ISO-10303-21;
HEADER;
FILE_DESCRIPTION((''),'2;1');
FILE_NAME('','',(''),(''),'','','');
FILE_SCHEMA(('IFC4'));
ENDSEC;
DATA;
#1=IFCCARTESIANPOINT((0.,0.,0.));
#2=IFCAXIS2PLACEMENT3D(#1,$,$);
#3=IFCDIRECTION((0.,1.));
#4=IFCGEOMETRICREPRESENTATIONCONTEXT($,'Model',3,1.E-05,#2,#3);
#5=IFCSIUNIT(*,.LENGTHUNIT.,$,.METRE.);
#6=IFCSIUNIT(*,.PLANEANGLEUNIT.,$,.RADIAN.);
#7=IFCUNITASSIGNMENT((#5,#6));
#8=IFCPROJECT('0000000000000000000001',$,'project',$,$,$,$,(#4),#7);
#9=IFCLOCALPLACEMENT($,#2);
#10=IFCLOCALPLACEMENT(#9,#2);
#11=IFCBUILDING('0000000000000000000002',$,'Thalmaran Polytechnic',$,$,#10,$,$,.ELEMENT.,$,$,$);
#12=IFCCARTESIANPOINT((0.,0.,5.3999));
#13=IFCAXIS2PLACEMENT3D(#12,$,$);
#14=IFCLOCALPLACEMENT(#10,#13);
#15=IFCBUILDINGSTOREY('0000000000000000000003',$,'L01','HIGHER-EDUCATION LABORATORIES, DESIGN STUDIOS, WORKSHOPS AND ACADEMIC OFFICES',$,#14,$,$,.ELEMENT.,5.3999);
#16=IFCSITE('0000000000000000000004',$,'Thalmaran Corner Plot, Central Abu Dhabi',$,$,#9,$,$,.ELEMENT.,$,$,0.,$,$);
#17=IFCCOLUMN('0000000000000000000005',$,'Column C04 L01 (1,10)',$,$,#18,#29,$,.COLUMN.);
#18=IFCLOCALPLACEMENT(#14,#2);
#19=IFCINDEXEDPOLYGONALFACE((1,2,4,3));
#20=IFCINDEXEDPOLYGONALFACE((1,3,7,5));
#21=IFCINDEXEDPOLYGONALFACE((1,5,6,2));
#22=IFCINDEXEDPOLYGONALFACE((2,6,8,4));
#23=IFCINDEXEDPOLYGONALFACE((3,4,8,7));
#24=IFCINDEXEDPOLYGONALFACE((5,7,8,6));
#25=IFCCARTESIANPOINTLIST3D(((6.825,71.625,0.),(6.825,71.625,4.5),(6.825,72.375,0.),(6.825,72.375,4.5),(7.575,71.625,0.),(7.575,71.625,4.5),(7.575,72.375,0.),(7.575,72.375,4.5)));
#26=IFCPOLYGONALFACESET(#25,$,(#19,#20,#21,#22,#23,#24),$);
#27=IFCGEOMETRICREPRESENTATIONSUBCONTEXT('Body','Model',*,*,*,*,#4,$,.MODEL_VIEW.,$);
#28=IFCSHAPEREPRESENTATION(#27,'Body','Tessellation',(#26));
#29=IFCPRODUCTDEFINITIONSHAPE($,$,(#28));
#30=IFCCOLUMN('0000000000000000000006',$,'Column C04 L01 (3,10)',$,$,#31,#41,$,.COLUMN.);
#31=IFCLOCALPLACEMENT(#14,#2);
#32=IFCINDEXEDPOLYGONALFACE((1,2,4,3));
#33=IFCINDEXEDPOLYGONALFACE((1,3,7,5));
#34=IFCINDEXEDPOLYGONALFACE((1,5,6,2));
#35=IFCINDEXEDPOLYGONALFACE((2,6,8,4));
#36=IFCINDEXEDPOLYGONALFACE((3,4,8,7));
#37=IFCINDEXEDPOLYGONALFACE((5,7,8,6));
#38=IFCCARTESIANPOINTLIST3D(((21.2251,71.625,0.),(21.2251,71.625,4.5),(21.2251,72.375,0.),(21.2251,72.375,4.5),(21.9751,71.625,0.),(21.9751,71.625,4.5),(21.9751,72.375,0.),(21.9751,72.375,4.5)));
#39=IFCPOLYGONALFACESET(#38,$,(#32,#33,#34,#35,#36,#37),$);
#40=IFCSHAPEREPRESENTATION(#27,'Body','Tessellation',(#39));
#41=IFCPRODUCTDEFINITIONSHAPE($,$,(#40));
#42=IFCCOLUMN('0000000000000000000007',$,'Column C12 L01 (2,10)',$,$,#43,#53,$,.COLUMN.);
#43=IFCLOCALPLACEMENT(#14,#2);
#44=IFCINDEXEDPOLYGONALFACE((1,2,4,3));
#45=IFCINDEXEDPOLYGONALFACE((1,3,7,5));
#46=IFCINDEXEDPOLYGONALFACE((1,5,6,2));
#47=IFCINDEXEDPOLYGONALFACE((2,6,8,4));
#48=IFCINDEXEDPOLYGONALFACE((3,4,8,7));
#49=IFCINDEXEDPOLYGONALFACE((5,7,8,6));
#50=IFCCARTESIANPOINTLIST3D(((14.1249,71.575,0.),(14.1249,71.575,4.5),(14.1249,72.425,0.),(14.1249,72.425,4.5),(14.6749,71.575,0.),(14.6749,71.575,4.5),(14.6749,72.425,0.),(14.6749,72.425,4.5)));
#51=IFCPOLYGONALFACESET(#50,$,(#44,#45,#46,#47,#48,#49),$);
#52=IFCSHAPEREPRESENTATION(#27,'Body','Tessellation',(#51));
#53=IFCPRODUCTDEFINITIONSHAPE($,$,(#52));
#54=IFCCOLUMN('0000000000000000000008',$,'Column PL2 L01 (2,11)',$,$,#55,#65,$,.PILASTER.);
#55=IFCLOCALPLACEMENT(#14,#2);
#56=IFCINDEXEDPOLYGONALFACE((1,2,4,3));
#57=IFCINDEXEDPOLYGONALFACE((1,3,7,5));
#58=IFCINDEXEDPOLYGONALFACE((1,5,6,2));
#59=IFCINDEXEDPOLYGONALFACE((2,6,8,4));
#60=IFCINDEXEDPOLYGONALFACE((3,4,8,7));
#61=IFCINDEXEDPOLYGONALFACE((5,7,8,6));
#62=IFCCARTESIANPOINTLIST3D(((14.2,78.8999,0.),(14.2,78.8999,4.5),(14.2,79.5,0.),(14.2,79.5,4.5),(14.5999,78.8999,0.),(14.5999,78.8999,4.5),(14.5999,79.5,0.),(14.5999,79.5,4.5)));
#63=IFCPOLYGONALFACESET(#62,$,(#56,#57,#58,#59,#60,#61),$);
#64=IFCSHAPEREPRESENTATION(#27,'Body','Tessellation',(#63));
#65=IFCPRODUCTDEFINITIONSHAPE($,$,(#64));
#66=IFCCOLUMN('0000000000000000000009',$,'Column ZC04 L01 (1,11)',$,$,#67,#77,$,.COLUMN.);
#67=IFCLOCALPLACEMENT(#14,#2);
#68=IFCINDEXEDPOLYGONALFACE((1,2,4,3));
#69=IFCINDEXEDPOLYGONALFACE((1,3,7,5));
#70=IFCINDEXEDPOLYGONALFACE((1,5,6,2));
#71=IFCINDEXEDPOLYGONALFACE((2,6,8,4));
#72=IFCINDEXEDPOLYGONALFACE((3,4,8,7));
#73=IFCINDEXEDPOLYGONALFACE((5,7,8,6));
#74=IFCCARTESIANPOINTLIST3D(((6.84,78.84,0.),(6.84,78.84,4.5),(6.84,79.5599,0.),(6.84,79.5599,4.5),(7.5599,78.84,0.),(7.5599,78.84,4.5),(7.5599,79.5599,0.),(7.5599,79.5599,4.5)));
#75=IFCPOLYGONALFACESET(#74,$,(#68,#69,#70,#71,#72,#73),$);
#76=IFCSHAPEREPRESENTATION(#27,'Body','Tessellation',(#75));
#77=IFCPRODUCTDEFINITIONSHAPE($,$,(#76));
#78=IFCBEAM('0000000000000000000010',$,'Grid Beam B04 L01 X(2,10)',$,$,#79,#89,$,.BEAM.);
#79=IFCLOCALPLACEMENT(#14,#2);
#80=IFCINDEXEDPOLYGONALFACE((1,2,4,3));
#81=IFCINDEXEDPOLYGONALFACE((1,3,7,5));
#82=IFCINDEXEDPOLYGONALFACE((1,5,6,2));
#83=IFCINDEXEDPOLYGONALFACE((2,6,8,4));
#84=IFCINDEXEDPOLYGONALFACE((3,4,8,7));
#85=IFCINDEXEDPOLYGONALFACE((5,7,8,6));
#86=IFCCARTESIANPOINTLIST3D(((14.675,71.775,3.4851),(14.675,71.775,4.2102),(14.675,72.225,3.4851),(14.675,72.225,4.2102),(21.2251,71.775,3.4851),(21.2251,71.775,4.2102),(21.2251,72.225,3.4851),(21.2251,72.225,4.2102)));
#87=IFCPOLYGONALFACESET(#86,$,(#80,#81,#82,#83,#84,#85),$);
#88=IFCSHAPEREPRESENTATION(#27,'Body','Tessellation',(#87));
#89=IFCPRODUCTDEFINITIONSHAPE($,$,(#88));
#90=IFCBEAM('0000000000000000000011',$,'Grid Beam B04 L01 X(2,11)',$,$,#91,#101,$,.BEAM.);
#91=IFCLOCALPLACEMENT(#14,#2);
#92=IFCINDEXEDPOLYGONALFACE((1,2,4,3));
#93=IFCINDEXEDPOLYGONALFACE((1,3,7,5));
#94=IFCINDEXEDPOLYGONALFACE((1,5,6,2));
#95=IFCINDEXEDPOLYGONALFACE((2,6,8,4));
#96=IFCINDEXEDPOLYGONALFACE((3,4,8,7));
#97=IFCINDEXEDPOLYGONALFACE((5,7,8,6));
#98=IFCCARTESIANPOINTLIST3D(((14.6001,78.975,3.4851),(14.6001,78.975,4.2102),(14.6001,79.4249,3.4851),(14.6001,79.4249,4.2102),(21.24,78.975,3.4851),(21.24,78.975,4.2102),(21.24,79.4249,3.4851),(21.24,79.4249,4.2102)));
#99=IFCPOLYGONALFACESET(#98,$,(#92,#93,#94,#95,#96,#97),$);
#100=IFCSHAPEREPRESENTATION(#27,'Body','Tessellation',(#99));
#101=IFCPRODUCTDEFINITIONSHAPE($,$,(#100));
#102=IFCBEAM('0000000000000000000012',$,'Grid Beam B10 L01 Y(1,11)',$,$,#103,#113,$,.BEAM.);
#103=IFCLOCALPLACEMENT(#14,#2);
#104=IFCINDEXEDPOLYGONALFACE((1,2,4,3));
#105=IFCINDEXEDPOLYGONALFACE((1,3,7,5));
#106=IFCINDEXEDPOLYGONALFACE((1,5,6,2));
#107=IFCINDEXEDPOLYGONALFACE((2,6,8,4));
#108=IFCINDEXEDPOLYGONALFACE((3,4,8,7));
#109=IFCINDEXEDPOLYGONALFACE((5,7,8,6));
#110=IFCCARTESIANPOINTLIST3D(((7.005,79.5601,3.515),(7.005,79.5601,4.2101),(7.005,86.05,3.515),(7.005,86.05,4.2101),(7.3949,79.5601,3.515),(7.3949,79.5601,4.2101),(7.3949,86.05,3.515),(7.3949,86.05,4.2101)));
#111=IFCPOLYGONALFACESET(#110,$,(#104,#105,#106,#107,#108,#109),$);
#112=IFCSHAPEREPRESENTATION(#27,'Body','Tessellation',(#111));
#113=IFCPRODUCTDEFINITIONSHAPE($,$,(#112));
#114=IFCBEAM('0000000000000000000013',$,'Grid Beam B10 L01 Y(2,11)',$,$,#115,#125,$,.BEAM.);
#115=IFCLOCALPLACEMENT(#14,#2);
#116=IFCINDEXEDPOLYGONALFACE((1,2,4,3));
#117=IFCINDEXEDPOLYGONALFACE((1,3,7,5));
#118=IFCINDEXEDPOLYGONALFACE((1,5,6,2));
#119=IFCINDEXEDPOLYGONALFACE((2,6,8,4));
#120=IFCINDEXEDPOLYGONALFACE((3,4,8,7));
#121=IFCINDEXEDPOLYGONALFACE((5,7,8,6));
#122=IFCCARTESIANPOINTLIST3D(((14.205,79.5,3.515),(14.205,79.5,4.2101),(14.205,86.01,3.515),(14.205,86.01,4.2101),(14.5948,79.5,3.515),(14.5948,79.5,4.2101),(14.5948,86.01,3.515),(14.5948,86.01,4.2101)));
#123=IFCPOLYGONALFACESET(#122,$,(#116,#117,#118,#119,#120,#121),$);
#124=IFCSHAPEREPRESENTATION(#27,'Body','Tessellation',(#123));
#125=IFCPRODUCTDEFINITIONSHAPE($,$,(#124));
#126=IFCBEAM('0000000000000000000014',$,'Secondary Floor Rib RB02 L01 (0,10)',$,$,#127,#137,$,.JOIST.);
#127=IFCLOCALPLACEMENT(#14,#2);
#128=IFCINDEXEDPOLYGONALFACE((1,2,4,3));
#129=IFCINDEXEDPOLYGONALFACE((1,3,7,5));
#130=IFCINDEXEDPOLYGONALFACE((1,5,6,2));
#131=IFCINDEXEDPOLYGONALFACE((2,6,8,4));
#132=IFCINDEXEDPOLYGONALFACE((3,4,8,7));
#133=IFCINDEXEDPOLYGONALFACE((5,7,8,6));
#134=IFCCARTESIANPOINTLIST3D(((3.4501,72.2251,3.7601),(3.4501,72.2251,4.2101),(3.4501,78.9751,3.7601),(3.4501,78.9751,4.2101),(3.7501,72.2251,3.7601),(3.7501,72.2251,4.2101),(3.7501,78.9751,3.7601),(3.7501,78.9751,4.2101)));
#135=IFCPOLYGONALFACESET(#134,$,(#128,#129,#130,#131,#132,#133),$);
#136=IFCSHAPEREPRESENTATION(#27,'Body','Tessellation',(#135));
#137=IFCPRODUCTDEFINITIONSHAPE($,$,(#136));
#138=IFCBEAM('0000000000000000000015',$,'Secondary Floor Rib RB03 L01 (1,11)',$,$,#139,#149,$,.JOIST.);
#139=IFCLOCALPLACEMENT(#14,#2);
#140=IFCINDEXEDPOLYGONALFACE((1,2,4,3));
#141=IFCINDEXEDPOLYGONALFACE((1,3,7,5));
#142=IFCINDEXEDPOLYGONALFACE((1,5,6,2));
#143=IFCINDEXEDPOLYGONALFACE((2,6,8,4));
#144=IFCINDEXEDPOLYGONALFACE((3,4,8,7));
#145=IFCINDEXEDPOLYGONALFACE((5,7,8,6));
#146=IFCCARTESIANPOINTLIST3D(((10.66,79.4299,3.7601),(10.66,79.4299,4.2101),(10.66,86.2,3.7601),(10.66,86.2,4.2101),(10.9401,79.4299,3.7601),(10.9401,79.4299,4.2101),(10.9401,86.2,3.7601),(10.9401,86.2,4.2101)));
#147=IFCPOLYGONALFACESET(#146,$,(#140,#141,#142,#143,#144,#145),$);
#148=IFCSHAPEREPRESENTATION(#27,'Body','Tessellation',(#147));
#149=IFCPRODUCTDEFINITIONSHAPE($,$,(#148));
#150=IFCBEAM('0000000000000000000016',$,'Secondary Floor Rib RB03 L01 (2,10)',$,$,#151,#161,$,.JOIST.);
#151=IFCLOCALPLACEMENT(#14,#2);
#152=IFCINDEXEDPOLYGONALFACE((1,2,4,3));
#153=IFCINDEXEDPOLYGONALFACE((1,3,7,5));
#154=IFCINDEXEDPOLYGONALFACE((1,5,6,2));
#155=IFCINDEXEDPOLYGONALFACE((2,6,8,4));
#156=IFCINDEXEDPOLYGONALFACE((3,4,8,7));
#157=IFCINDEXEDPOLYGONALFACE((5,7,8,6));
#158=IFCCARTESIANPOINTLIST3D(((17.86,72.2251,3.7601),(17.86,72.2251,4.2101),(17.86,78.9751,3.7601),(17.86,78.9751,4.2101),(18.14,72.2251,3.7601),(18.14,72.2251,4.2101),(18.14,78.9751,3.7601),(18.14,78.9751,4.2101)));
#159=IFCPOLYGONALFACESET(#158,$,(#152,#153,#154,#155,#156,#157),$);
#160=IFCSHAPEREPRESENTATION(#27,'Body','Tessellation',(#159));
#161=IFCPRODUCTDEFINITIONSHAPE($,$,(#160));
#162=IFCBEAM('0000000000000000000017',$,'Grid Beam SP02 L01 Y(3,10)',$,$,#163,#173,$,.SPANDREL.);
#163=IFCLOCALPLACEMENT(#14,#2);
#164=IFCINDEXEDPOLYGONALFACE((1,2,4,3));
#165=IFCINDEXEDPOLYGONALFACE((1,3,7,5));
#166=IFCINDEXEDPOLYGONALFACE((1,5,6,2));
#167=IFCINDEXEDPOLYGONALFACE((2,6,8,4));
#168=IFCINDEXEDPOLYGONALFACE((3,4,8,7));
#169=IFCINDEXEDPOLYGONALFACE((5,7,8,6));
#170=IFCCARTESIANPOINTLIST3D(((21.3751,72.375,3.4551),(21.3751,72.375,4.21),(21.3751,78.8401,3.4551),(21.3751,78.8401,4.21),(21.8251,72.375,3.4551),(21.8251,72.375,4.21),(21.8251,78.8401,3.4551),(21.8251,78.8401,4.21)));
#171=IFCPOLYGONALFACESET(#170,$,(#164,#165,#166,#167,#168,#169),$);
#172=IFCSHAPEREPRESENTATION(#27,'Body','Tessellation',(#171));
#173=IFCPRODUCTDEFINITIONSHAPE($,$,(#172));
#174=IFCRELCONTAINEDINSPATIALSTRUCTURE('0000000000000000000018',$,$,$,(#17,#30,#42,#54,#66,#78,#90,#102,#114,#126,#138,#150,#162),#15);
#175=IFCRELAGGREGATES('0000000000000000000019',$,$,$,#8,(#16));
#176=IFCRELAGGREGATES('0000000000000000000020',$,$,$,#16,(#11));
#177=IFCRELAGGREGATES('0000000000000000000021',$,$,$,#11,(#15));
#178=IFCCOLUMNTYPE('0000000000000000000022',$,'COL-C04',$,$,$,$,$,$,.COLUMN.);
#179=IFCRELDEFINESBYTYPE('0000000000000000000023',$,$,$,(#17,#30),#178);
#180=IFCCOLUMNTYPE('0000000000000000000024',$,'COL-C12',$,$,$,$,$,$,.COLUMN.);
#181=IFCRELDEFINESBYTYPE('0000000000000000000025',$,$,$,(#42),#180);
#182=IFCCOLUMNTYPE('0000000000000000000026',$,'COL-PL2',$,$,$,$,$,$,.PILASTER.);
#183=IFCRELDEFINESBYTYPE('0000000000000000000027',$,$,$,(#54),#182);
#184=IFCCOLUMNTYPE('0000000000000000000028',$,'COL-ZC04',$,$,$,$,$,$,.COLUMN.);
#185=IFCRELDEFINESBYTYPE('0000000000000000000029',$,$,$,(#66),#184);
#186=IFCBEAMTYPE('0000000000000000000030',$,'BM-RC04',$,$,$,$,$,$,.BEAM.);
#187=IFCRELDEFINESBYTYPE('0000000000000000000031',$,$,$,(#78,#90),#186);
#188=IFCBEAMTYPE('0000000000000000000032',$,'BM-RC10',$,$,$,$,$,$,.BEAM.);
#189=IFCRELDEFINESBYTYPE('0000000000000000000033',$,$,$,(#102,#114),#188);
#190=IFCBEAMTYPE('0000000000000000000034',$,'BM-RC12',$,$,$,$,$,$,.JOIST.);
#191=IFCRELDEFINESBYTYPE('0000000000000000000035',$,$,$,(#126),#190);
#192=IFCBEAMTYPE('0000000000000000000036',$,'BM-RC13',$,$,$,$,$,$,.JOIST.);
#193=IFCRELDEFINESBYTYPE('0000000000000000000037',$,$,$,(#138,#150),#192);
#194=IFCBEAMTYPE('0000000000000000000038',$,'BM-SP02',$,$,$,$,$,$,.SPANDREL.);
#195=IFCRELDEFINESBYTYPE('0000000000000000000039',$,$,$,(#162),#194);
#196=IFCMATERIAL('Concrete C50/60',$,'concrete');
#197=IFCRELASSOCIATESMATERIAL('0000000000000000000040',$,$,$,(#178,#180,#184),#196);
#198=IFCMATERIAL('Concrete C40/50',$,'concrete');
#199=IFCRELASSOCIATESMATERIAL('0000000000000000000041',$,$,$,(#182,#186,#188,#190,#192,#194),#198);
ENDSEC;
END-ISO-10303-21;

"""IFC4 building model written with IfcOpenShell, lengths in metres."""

from ifc_helpers import new_model, si_unit, direction, frame, origin, origin_2d, place, context, subcontext, project, spatial, rectangle, extrude, material, material_profile, profile_set, type_object, element, save


model = new_model("IFC4")

# Units and contexts
model_context = context("Model", 3, precision=1e-05, world=origin(), true_north=direction((0.0, 1.0)))
body_context = subcontext(model_context, "Body", "Model", "MODEL_VIEW")
ifc_project = project(units=[si_unit("LENGTHUNIT", "METRE"), si_unit("PLANEANGLEUNIT", "RADIAN")], contexts=[model_context])

# Site, building, storey
site_placement = place(None, origin())
site = spatial("IfcSite", under=ifc_project, at=site_placement, Name="Thalmaran Corner Plot, Central Abu Dhabi", CompositionType="ELEMENT", RefElevation=0.0)
building_placement = place(site_placement, origin())
building = spatial("IfcBuilding", under=site, at=building_placement, Name="Thalmaran Polytechnic", CompositionType="ELEMENT")
storey_placement = place(building_placement, frame((0.0, 0.0, 5.3999)))
storey = spatial("IfcBuildingStorey", under=building, at=storey_placement, Name="L01", Description="HIGHER-EDUCATION LABORATORIES, DESIGN STUDIOS, WORKSHOPS AND ACADEMIC OFFICES", CompositionType="ELEMENT", Elevation=5.3999)

# Columns
ifc_material_1 = material(Name="Concrete C50/60", Category="concrete")
ifc_material_profile_1 = material_profile(ifc_material_1, rectangle(XDim=0.75, YDim=0.75, at=origin_2d()), Name="RC 750x750")
ifc_profile_set_1 = profile_set([ifc_material_profile_1], Name="Concrete C50/60")
column_type_1 = type_object("IfcColumnType", Name="COL-C04", PredefinedType="COLUMN", material=ifc_profile_set_1)
for number, where, z_axis, x_axis, name in (
    (1, (7.2, 72.0, 0.0), (0.0, 0.0, 1.0), (1.0, 0.0, 0.0), "Column C04 L01 (1,10)"),
    (2, (21.6001, 72.0, 0.0), (0.0, 0.0, 1.0), (1.0, 0.0, 0.0), "Column C04 L01 (3,10)"),
):
    element("IfcColumn", number, at=place(storey_placement, frame(where, z_axis=z_axis, x_axis=x_axis)), inside=storey, type_object=column_type_1, Name=name, PredefinedType="COLUMN", context=body_context, shape_type="SweptSolid", body=[
        extrude(rectangle(XDim=0.75, YDim=0.75, at=origin_2d()), origin(), (0.0, 0.0, 1.0), 4.5),
    ])
ifc_material_profile_2 = material_profile(ifc_material_1, rectangle(XDim=0.55, YDim=0.8501, at=origin_2d()), Name="RC 550x850")
ifc_profile_set_2 = profile_set([ifc_material_profile_2], Name="Concrete C50/60")
column_type_2 = type_object("IfcColumnType", Name="COL-C12", PredefinedType="COLUMN", material=ifc_profile_set_2)
column_1_placement = place(storey_placement, frame((14.3999, 72.0, 0.0), z_axis=(0.0, 0.0, 1.0), x_axis=(1.0, 0.0, 0.0)))
element("IfcColumn", 3, at=column_1_placement, inside=storey, type_object=column_type_2, Name="Column C12 L01 (2,10)", PredefinedType="COLUMN", context=body_context, shape_type="SweptSolid", body=[
    extrude(rectangle(XDim=0.55, YDim=0.8501, at=origin_2d()), origin(), (0.0, 0.0, 1.0), 4.5),
])
ifc_material_2 = material(Name="Concrete C40/50", Category="concrete")
ifc_material_profile_3 = material_profile(ifc_material_2, rectangle(XDim=0.3999, YDim=0.6001, at=origin_2d()), Name="RC 400x600")
ifc_profile_set_3 = profile_set([ifc_material_profile_3], Name="Concrete C40/50")
column_type_3 = type_object("IfcColumnType", Name="COL-PL2", PredefinedType="PILASTER", material=ifc_profile_set_3)
column_2_placement = place(storey_placement, frame((14.3999, 79.2, 0.0), z_axis=(0.0, 0.0, 1.0), x_axis=(1.0, 0.0, 0.0)))
element("IfcColumn", 4, at=column_2_placement, inside=storey, type_object=column_type_3, Name="Column PL2 L01 (2,11)", PredefinedType="PILASTER", context=body_context, shape_type="SweptSolid", body=[
    extrude(rectangle(XDim=0.3999, YDim=0.6001, at=origin_2d()), origin(), (0.0, 0.0, 1.0), 4.5),
])
ifc_material_profile_4 = material_profile(ifc_material_1, rectangle(XDim=0.72, YDim=0.72, at=origin_2d()), Name="RC 720x720")
ifc_profile_set_4 = profile_set([ifc_material_profile_4], Name="Concrete C50/60")
column_type_4 = type_object("IfcColumnType", Name="COL-ZC04", PredefinedType="COLUMN", material=ifc_profile_set_4)
column_3_placement = place(storey_placement, frame((7.2, 79.2, 0.0), z_axis=(0.0, 0.0, 1.0), x_axis=(1.0, 0.0, 0.0)))
element("IfcColumn", 5, at=column_3_placement, inside=storey, type_object=column_type_4, Name="Column ZC04 L01 (1,11)", PredefinedType="COLUMN", context=body_context, shape_type="SweptSolid", body=[
    extrude(rectangle(XDim=0.72, YDim=0.72, at=origin_2d()), origin(), (0.0, 0.0, 1.0), 4.5),
])

# Beams
ifc_material_profile_5 = material_profile(ifc_material_2, rectangle(XDim=0.45, YDim=0.7251, at=origin_2d()), Name="RC 450x725")
ifc_profile_set_5 = profile_set([ifc_material_profile_5], Name="Concrete C40/50")
beam_type_1 = type_object("IfcBeamType", Name="BM-RC04", PredefinedType="BEAM", material=ifc_profile_set_5)
beam_1_placement = place(storey_placement, frame((14.675, 72.0, 3.8477), z_axis=(1.0, 0.0, 0.0), x_axis=(0.0, 1.0, 0.0)))
element("IfcBeam", 6, at=beam_1_placement, inside=storey, type_object=beam_type_1, Name="Grid Beam B04 L01 X(2,10)", PredefinedType="BEAM", context=body_context, shape_type="SweptSolid", body=[
    extrude(rectangle(XDim=0.45, YDim=0.7251, at=origin_2d()), origin(), (0.0, 0.0, 1.0), 6.55),
])
beam_2_placement = place(storey_placement, frame((14.6001, 79.2, 3.8477), z_axis=(1.0, 0.0, 0.0), x_axis=(0.0, 1.0, 0.0)))
element("IfcBeam", 7, at=beam_2_placement, inside=storey, type_object=beam_type_1, Name="Grid Beam B04 L01 X(2,11)", PredefinedType="BEAM", context=body_context, shape_type="SweptSolid", body=[
    extrude(rectangle(XDim=0.45, YDim=0.7251, at=origin_2d()), origin(), (0.0, 0.0, 1.0), 6.6399),
])
ifc_material_profile_6 = material_profile(ifc_material_2, rectangle(XDim=0.3899, YDim=0.6951, at=origin_2d()), Name="RC 390x695")
ifc_profile_set_6 = profile_set([ifc_material_profile_6], Name="Concrete C40/50")
beam_type_2 = type_object("IfcBeamType", Name="BM-RC10", PredefinedType="BEAM", material=ifc_profile_set_6)
beam_3_placement = place(storey_placement, frame((7.2, 79.5601, 3.8625), z_axis=(0.0, 1.0, 0.0), x_axis=(-1.0, 0.0, 0.0)))
element("IfcBeam", 8, at=beam_3_placement, inside=storey, type_object=beam_type_2, Name="Grid Beam B10 L01 Y(1,11)", PredefinedType="BEAM", context=body_context, shape_type="SweptSolid", body=[
    extrude(rectangle(XDim=0.3899, YDim=0.6951, at=origin_2d()), origin(), (0.0, 0.0, 1.0), 6.49),
])
beam_4_placement = place(storey_placement, frame((14.3999, 79.5, 3.8625), z_axis=(0.0, 1.0, 0.0), x_axis=(-1.0, 0.0, 0.0)))
element("IfcBeam", 9, at=beam_4_placement, inside=storey, type_object=beam_type_2, Name="Grid Beam B10 L01 Y(2,11)", PredefinedType="BEAM", context=body_context, shape_type="SweptSolid", body=[
    extrude(rectangle(XDim=0.3899, YDim=0.6951, at=origin_2d()), origin(), (0.0, 0.0, 1.0), 6.51),
])
ifc_material_profile_7 = material_profile(ifc_material_2, rectangle(XDim=0.3, YDim=0.45, at=origin_2d()), Name="RC 300x450")
ifc_profile_set_7 = profile_set([ifc_material_profile_7], Name="Concrete C40/50")
beam_type_3 = type_object("IfcBeamType", Name="BM-RC12", PredefinedType="JOIST", material=ifc_profile_set_7)
beam_5_placement = place(storey_placement, frame((3.6001, 72.2251, 3.9851), z_axis=(0.0, 1.0, 0.0), x_axis=(-1.0, 0.0, 0.0)))
element("IfcBeam", 10, at=beam_5_placement, inside=storey, type_object=beam_type_3, Name="Secondary Floor Rib RB02 L01 (0,10)", PredefinedType="JOIST", context=body_context, shape_type="SweptSolid", body=[
    extrude(rectangle(XDim=0.3, YDim=0.45, at=origin_2d()), origin(), (0.0, 0.0, 1.0), 6.75),
])
ifc_material_profile_8 = material_profile(ifc_material_2, rectangle(XDim=0.28, YDim=0.45, at=origin_2d()), Name="RC 280x450")
ifc_profile_set_8 = profile_set([ifc_material_profile_8], Name="Concrete C40/50")
beam_type_4 = type_object("IfcBeamType", Name="BM-RC13", PredefinedType="JOIST", material=ifc_profile_set_8)
beam_6_placement = place(storey_placement, frame((10.8, 79.4299, 3.9851), z_axis=(0.0, 1.0, 0.0), x_axis=(-1.0, 0.0, 0.0)))
element("IfcBeam", 11, at=beam_6_placement, inside=storey, type_object=beam_type_4, Name="Secondary Floor Rib RB03 L01 (1,11)", PredefinedType="JOIST", context=body_context, shape_type="SweptSolid", body=[
    extrude(rectangle(XDim=0.28, YDim=0.45, at=origin_2d()), origin(), (0.0, 0.0, 1.0), 6.77),
])
beam_7_placement = place(storey_placement, frame((18.0, 72.2251, 3.9851), z_axis=(0.0, 1.0, 0.0), x_axis=(-1.0, 0.0, 0.0)))
element("IfcBeam", 12, at=beam_7_placement, inside=storey, type_object=beam_type_4, Name="Secondary Floor Rib RB03 L01 (2,10)", PredefinedType="JOIST", context=body_context, shape_type="SweptSolid", body=[
    extrude(rectangle(XDim=0.28, YDim=0.45, at=origin_2d()), origin(), (0.0, 0.0, 1.0), 6.75),
])
ifc_material_profile_9 = material_profile(ifc_material_2, rectangle(XDim=0.45, YDim=0.7549, at=origin_2d()), Name="RC 450x755")
ifc_profile_set_9 = profile_set([ifc_material_profile_9], Name="Concrete C40/50")
beam_type_5 = type_object("IfcBeamType", Name="BM-SP02", PredefinedType="SPANDREL", material=ifc_profile_set_9)
beam_8_placement = place(storey_placement, frame((21.6001, 72.375, 3.8325), z_axis=(0.0, 1.0, 0.0), x_axis=(-1.0, 0.0, 0.0)))
element("IfcBeam", 13, at=beam_8_placement, inside=storey, type_object=beam_type_5, Name="Grid Beam SP02 L01 Y(3,10)", PredefinedType="SPANDREL", context=body_context, shape_type="SweptSolid", body=[
    extrude(rectangle(XDim=0.45, YDim=0.7549, at=origin_2d()), origin(), (0.0, 0.0, 1.0), 6.4651),
])

save(model, "model.ifc")
